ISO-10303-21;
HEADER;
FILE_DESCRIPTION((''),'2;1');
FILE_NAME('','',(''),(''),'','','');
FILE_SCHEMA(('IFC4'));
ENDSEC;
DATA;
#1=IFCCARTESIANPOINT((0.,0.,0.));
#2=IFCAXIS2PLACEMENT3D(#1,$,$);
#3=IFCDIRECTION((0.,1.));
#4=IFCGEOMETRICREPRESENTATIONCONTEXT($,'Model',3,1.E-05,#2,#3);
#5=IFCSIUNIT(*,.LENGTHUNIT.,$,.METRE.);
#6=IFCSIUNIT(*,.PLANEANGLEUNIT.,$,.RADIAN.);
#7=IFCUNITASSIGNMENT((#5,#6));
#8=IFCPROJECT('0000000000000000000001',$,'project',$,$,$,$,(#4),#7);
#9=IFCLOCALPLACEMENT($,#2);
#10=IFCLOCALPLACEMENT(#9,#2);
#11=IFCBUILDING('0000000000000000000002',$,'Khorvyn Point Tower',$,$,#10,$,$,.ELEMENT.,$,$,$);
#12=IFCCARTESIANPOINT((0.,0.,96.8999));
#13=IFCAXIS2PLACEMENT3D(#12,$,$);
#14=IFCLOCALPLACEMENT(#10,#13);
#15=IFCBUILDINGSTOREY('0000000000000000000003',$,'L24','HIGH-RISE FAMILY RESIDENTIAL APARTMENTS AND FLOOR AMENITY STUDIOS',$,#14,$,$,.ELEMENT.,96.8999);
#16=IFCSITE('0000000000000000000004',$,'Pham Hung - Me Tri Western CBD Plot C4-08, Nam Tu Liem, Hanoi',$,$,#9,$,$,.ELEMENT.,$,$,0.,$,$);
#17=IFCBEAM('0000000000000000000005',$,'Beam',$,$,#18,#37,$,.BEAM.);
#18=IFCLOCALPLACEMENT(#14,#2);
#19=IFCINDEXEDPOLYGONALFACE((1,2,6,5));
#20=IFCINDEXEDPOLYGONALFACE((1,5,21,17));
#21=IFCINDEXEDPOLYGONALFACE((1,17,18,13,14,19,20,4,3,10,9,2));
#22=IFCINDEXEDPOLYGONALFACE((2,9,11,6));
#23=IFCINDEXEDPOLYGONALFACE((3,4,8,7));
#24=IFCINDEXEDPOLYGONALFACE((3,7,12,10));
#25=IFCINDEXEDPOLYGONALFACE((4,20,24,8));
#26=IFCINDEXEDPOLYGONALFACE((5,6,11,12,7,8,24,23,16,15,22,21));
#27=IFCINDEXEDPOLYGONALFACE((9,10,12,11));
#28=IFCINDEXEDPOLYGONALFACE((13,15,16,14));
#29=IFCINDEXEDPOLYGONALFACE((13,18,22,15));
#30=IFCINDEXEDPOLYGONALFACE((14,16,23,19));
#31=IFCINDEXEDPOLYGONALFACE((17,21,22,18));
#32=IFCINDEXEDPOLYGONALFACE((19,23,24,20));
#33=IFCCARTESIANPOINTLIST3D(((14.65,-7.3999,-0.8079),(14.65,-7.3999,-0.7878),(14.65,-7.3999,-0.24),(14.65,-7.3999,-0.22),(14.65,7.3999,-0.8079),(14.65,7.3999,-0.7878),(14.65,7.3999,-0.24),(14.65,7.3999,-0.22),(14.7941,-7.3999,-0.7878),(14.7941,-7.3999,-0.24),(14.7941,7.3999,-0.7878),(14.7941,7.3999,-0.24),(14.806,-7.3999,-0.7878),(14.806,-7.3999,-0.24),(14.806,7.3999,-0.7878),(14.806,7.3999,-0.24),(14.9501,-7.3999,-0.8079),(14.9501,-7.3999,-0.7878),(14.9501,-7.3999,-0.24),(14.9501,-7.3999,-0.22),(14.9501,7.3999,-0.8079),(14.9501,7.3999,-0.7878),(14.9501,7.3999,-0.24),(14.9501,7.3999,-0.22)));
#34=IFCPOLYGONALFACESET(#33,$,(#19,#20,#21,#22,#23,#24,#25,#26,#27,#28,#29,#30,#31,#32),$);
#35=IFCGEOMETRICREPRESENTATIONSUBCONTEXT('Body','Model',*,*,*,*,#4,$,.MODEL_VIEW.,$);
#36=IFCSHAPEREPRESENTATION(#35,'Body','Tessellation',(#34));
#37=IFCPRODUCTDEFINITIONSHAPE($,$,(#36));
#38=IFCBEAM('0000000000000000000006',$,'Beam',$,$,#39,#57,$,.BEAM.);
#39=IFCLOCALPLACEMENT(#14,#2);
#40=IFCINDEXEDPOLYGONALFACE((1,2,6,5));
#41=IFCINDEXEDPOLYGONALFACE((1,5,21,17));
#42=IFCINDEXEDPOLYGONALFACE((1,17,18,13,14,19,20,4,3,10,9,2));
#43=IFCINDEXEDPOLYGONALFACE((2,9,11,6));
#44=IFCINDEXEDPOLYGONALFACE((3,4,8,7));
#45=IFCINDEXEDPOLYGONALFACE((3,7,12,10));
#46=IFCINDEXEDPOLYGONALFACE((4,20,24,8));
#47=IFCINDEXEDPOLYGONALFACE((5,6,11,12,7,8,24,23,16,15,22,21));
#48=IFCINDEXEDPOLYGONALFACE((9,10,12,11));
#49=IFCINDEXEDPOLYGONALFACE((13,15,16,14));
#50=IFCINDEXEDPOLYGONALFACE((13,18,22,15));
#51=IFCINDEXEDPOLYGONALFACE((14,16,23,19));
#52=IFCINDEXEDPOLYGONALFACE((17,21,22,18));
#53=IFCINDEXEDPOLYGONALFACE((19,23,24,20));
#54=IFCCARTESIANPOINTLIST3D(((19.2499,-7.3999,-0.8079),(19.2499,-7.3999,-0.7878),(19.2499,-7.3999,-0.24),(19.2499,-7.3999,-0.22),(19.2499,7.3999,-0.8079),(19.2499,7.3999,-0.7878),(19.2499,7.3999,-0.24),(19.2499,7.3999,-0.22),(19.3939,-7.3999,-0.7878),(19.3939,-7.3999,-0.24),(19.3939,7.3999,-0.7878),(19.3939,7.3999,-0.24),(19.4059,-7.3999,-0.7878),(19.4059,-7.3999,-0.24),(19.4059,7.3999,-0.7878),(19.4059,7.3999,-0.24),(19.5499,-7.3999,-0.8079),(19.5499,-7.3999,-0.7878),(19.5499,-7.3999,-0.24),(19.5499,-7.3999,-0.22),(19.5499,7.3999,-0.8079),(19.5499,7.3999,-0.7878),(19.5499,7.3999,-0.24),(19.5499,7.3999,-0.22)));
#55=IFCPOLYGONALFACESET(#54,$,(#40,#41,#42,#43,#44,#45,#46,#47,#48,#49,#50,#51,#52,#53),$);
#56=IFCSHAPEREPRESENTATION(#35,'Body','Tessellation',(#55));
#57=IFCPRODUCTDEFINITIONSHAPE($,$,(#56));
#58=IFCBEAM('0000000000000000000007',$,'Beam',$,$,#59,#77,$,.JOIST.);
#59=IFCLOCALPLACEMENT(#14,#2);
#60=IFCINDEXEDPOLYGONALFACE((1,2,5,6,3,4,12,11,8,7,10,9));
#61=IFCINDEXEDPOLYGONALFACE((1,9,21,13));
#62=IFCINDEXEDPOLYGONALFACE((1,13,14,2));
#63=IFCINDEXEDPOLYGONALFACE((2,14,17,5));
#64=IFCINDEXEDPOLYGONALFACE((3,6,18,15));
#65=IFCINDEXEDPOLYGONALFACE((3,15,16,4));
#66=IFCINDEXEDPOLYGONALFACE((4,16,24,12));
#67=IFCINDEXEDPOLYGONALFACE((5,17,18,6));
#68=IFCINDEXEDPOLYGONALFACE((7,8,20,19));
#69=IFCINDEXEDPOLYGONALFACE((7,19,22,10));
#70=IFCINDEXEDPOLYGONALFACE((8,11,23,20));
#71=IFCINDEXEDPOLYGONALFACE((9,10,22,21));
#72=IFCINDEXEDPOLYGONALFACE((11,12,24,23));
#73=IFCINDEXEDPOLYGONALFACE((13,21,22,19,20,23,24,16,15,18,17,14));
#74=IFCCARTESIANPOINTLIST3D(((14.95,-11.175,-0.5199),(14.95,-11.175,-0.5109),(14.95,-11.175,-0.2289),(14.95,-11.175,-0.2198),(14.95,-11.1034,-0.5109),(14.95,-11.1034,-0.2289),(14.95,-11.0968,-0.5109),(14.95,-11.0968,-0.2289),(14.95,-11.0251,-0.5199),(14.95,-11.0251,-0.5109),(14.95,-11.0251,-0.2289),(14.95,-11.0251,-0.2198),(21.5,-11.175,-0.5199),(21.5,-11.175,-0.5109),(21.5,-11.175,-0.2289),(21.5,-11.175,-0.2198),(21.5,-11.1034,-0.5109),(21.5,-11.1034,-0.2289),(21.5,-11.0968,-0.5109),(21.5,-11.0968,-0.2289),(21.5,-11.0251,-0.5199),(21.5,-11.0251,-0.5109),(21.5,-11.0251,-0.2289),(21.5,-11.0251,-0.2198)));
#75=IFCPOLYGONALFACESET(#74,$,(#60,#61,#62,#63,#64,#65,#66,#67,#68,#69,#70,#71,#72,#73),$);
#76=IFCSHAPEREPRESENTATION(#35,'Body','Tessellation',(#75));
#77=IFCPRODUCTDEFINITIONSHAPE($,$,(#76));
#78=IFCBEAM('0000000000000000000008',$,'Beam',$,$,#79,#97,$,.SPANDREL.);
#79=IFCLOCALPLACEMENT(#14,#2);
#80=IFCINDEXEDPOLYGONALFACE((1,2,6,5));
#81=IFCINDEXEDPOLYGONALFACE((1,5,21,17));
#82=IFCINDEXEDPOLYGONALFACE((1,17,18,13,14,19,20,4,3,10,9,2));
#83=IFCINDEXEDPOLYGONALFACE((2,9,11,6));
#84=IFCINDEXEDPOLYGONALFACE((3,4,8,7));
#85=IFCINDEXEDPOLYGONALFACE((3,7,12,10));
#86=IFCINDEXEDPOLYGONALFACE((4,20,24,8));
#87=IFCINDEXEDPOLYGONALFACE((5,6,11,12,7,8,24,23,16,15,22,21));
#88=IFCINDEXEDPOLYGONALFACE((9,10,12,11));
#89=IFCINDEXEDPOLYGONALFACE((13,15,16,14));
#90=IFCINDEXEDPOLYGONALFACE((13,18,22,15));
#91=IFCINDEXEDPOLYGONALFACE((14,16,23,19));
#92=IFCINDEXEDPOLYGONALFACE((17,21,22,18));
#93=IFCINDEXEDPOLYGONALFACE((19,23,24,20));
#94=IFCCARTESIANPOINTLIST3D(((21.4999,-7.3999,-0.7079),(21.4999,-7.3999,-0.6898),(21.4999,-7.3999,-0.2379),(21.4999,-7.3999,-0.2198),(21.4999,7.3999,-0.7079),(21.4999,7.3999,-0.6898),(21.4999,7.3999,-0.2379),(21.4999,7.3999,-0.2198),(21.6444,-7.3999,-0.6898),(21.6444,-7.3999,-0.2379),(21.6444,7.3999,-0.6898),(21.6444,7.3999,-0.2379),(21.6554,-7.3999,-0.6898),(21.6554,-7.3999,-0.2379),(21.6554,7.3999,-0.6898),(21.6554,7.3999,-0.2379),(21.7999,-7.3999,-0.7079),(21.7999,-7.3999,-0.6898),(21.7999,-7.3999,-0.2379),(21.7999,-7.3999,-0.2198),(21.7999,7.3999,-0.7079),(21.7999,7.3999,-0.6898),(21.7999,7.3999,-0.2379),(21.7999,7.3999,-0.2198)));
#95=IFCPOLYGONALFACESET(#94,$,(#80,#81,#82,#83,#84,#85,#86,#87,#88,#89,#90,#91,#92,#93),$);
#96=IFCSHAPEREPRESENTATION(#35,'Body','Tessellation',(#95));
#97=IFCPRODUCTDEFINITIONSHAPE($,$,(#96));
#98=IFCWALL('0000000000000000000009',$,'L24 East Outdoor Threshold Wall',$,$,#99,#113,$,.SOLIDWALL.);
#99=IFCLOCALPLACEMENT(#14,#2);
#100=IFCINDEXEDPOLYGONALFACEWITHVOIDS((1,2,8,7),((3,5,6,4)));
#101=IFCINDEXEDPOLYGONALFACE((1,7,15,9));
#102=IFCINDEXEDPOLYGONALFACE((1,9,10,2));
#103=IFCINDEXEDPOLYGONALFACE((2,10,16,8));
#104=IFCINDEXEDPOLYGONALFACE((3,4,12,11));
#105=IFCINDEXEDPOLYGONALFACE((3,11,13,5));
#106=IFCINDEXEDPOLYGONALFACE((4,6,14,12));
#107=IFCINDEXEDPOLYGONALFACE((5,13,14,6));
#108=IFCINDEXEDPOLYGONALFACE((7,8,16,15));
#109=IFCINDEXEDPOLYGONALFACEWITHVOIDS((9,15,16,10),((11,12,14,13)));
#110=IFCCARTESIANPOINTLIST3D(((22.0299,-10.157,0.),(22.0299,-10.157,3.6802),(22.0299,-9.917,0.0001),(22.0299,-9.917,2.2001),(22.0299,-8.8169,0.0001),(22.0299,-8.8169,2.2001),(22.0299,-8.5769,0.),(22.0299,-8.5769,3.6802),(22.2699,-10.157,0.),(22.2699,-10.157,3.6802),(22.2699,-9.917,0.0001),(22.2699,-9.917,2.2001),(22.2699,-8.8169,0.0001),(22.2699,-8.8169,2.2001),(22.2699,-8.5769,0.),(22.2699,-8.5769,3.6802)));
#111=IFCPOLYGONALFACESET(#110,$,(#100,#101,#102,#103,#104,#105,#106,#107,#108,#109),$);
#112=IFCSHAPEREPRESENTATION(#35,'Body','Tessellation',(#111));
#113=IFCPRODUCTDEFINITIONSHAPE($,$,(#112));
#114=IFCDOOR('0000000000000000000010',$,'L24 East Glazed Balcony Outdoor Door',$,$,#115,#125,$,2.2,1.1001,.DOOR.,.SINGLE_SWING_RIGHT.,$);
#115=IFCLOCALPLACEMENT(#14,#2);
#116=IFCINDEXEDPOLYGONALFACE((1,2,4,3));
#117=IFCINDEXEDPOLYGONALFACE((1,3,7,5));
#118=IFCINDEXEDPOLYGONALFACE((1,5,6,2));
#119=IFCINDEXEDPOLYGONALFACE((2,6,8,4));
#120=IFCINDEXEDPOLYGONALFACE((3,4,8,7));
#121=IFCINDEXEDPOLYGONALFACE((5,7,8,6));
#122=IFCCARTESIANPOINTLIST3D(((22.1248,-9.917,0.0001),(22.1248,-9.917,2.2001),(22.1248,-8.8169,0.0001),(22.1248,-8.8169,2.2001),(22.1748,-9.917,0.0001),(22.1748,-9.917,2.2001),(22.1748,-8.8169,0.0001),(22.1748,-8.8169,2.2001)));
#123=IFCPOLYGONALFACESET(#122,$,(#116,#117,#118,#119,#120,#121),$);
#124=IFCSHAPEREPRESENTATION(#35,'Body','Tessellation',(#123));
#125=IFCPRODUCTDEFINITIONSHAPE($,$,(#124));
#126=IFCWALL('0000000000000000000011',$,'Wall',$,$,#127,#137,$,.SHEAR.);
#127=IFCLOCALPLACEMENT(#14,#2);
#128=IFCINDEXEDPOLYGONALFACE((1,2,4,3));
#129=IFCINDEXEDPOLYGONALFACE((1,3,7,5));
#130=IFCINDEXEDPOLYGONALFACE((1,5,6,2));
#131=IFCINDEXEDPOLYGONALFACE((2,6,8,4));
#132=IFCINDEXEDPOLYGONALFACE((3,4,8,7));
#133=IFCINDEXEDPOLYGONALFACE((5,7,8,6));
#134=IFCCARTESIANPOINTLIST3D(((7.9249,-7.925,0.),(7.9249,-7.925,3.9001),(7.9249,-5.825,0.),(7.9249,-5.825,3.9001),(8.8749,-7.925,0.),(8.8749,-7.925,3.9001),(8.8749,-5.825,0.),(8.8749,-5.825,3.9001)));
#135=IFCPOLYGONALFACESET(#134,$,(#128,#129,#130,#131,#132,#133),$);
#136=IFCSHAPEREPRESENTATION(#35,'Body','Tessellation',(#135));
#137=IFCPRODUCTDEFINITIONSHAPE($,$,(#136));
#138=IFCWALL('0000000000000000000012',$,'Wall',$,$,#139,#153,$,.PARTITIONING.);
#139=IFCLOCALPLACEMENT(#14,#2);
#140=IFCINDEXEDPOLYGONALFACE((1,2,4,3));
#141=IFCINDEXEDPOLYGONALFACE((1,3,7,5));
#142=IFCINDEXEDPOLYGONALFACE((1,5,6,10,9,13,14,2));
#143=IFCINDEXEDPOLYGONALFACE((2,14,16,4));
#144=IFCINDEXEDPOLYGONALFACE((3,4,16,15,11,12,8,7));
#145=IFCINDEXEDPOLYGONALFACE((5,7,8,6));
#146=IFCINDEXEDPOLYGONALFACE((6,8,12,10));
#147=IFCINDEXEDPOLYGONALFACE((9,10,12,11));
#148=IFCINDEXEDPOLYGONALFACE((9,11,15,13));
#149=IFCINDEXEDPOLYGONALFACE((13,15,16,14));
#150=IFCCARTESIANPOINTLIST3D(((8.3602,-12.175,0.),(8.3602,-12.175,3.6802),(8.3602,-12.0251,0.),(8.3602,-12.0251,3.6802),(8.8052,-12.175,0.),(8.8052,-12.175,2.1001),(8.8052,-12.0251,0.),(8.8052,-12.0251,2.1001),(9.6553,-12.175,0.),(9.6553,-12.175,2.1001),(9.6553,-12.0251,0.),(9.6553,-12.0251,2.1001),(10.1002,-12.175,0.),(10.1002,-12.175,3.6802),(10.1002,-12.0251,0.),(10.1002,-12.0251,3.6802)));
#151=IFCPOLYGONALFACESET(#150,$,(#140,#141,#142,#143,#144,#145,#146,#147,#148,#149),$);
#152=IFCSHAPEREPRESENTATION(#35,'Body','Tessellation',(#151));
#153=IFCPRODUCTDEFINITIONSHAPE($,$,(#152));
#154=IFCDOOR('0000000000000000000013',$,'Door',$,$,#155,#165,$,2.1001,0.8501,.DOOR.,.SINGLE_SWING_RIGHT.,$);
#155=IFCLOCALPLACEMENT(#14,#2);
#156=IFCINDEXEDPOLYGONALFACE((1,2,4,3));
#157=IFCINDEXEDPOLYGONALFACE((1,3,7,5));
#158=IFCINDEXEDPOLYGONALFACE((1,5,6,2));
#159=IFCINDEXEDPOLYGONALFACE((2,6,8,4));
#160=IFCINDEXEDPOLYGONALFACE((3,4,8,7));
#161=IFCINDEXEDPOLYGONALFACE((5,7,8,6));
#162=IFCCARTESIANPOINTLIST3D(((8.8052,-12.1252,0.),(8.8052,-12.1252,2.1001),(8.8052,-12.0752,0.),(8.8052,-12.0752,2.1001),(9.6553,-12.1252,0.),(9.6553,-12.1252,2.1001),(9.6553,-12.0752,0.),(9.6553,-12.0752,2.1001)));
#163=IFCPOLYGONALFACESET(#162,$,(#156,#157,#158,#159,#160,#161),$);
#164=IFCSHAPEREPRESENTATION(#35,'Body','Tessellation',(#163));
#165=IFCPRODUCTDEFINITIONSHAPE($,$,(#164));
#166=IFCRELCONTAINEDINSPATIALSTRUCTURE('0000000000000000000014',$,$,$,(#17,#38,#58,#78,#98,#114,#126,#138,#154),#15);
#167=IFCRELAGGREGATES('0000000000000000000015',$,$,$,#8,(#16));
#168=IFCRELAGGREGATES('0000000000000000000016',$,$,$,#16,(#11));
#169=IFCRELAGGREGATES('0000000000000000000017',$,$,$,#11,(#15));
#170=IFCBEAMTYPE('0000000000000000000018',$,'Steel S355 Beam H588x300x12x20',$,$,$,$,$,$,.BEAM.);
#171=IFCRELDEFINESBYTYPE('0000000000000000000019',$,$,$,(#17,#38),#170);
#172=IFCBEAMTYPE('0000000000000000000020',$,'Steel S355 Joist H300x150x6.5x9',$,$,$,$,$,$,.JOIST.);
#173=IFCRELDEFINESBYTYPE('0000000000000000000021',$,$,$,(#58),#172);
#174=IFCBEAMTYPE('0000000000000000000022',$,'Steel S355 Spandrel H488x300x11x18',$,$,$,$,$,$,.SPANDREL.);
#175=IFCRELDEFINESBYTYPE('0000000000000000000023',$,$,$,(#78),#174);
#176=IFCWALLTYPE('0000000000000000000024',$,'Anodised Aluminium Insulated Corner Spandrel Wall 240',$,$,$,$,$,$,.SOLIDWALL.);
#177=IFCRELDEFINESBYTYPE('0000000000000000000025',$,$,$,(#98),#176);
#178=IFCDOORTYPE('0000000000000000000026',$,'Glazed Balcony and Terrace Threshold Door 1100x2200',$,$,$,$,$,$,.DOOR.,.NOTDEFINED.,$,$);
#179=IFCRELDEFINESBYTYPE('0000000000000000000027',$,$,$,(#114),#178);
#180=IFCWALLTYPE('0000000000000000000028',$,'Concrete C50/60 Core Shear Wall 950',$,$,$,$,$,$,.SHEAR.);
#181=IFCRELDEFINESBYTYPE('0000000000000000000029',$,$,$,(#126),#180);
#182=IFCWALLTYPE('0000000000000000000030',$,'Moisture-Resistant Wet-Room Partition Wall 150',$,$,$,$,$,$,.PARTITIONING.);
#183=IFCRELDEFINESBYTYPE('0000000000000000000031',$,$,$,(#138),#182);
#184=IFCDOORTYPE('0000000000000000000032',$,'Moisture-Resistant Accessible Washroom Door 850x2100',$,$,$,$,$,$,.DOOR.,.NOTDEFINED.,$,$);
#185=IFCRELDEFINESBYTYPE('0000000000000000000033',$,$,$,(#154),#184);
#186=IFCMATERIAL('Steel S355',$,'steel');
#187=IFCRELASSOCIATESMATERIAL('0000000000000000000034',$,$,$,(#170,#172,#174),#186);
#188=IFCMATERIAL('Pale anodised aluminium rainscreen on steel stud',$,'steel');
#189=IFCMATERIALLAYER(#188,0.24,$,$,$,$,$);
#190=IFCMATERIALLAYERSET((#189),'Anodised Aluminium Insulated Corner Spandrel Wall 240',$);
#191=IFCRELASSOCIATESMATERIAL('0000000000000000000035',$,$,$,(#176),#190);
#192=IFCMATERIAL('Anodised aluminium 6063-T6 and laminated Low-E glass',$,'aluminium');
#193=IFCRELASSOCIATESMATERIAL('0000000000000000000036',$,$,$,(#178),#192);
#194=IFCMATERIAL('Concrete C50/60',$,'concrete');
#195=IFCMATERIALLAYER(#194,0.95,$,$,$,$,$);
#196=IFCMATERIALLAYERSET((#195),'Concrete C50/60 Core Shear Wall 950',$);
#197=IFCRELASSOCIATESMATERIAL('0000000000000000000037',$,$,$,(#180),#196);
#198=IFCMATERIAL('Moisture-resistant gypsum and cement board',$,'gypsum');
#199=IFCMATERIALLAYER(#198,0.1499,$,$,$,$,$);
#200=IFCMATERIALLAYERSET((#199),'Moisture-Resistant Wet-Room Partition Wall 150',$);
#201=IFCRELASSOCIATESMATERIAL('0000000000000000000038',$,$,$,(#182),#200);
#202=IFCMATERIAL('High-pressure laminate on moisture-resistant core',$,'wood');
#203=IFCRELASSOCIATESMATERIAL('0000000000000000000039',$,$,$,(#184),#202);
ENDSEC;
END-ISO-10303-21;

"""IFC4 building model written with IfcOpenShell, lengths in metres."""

from ifc_helpers import new_model, si_unit, direction, frame, frame_2d, origin, origin_2d, place, context, subcontext, project, spatial, rectangle, i_section, extrude, material, layer, layer_set, material_profile, profile_set, type_object, element, fill, save


model = new_model("IFC4")

# Units and contexts
model_context = context("Model", 3, precision=1e-05, world=origin(), true_north=direction((0.0, 1.0)))
body_context = subcontext(model_context, "Body", "Model", "MODEL_VIEW")
ifc_project = project(units=[si_unit("LENGTHUNIT", "METRE"), si_unit("PLANEANGLEUNIT", "RADIAN")], contexts=[model_context])

# Site, building, storey
site_placement = place(None, origin())
site = spatial("IfcSite", under=ifc_project, at=site_placement, Name="Pham Hung - Me Tri Western CBD Plot C4-08, Nam Tu Liem, Hanoi", CompositionType="ELEMENT", RefElevation=0.0)
building_placement = place(site_placement, origin())
building = spatial("IfcBuilding", under=site, at=building_placement, Name="Khorvyn Point Tower", CompositionType="ELEMENT")
storey_placement = place(building_placement, frame((0.0, 0.0, 96.8999)))
storey = spatial("IfcBuildingStorey", under=building, at=storey_placement, Name="L24", Description="HIGH-RISE FAMILY RESIDENTIAL APARTMENTS AND FLOOR AMENITY STUDIOS", CompositionType="ELEMENT", Elevation=96.8999)

# Shared definitions
ifc_material_1 = material(Name="Concrete C50/60", Category="concrete")

# Shared definitions
ifc_material_2 = material(Name="Anodised aluminium 6063-T6 and laminated Low-E glass", Category="aluminium")

# Beams
ifc_material_3 = material(Name="Steel S355", Category="steel")
ifc_material_profile_1 = material_profile(ifc_material_3, i_section(OverallWidth=0.3, OverallDepth=0.5879, WebThickness=0.012, FlangeThickness=0.02, at=origin_2d()))
ifc_profile_set_1 = profile_set([ifc_material_profile_1], Name="Steel S355 H588x300x12x20")
beam_type_1 = type_object("IfcBeamType", Name="Steel S355 Beam H588x300x12x20", PredefinedType="BEAM", material=ifc_profile_set_1)
for number, where, z_axis, x_axis, name in (
    (1, (14.8, -7.3999, -0.5139), (0.0, 1.0, 0.0), (-1.0, 0.0, 0.0), "Beam"),
    (2, (19.3999, -7.3999, -0.5139), (0.0, 1.0, 0.0), (-1.0, 0.0, 0.0), "Beam"),
):
    element("IfcBeam", number, at=place(storey_placement, frame(where, z_axis=z_axis, x_axis=x_axis)), inside=storey, type_object=beam_type_1, Name=name, PredefinedType="BEAM", context=body_context, shape_type="SweptSolid", body=[
        extrude(i_section(OverallWidth=0.3, OverallDepth=0.5879, WebThickness=0.012, FlangeThickness=0.02, at=origin_2d()), origin(), (0.0, 0.0, 1.0), 14.7998),
    ])
ifc_material_profile_2 = material_profile(ifc_material_3, i_section(OverallWidth=0.1499, OverallDepth=0.3, WebThickness=0.0066, FlangeThickness=0.009, at=origin_2d()))
ifc_profile_set_2 = profile_set([ifc_material_profile_2], Name="Steel S355 H300x150x6.5x9")
beam_type_2 = type_object("IfcBeamType", Name="Steel S355 Joist H300x150x6.5x9", PredefinedType="JOIST", material=ifc_profile_set_2)
beam_1_placement = place(storey_placement, frame((14.95, -11.1001, -0.3699), z_axis=(1.0, 0.0, 0.0), x_axis=(0.0, 1.0, 0.0)))
element("IfcBeam", 3, at=beam_1_placement, inside=storey, type_object=beam_type_2, Name="Beam", PredefinedType="JOIST", context=body_context, shape_type="SweptSolid", body=[
    extrude(i_section(OverallWidth=0.1499, OverallDepth=0.3, WebThickness=0.0066, FlangeThickness=0.009, at=origin_2d()), origin(), (0.0, 0.0, 1.0), 6.55),
])
ifc_material_profile_3 = material_profile(ifc_material_3, i_section(OverallWidth=0.3, OverallDepth=0.488, WebThickness=0.011, FlangeThickness=0.0181, at=origin_2d()))
ifc_profile_set_3 = profile_set([ifc_material_profile_3], Name="Steel S355 H488x300x11x18")
beam_type_3 = type_object("IfcBeamType", Name="Steel S355 Spandrel H488x300x11x18", PredefinedType="SPANDREL", material=ifc_profile_set_3)
beam_2_placement = place(storey_placement, frame((21.6499, -7.3999, -0.4639), z_axis=(0.0, 1.0, 0.0), x_axis=(-1.0, 0.0, 0.0)))
element("IfcBeam", 4, at=beam_2_placement, inside=storey, type_object=beam_type_3, Name="Beam", PredefinedType="SPANDREL", context=body_context, shape_type="SweptSolid", body=[
    extrude(i_section(OverallWidth=0.3, OverallDepth=0.488, WebThickness=0.011, FlangeThickness=0.0181, at=origin_2d()), origin(), (0.0, 0.0, 1.0), 14.7998),
])

# Wall, opening, door
ifc_material_4 = material(Name="Pale anodised aluminium rainscreen on steel stud", Category="steel")
ifc_layer_1 = layer(ifc_material_4, 0.24)
ifc_layer_set_1 = layer_set([ifc_layer_1], Name="Anodised Aluminium Insulated Corner Spandrel Wall 240")
wall_type_1 = type_object("IfcWallType", Name="Anodised Aluminium Insulated Corner Spandrel Wall 240", PredefinedType="SOLIDWALL", material=ifc_layer_set_1)
wall_1_placement = place(storey_placement, frame((22.1499, -8.5769, 0.0), z_axis=(0.0, 0.0, 1.0), x_axis=(0.0, -1.0, 0.0)))
wall_1 = element("IfcWall", 5, at=wall_1_placement, inside=storey, type_object=wall_type_1, Name="L24 East Outdoor Threshold Wall", PredefinedType="SOLIDWALL", context=body_context, shape_type="SweptSolid", body=[
    extrude(rectangle(XDim=1.5801, YDim=0.24, at=frame_2d((0.79, 0.0))), origin(), (0.0, 0.0, 1.0), 3.6802),
])
opening_1_placement = place(wall_1_placement, frame((0.24, 0.0, 0.0)))
opening_1 = element("IfcOpeningElement", 6, at=opening_1_placement, cuts=wall_1, PredefinedType="OPENING", context=body_context, shape_type="SweptSolid", body=[
    extrude(rectangle(XDim=1.1001, YDim=2.2, at=frame_2d((0.55, 1.1001))), frame((0.0, 0.1299, 0.0), z_axis=(0.0, -1.0, 0.0), x_axis=(1.0, 0.0, 0.0)), (0.0, 0.0, 1.0), 0.26),
])
door_type_1 = type_object("IfcDoorType", Name="Glazed Balcony and Terrace Threshold Door 1100x2200", OperationType="NOTDEFINED", PredefinedType="DOOR", material=ifc_material_2)
door_1_placement = place(opening_1_placement, origin())
door_1 = element("IfcDoor", 7, at=door_1_placement, inside=storey, type_object=door_type_1, Name="L24 East Glazed Balcony Outdoor Door", OperationType="SINGLE_SWING_RIGHT", OverallHeight=2.2, OverallWidth=1.1001, PredefinedType="DOOR", context=body_context, shape_type="SweptSolid", body=[
    extrude(rectangle(XDim=1.1001, YDim=2.2, at=frame_2d((0.55, 1.1001))), frame((0.0, 0.0249, 0.0), z_axis=(0.0, -1.0, 0.0), x_axis=(1.0, 0.0, 0.0)), (0.0, 0.0, 1.0), 0.05),
])
fill(opening_1, door_1)

# Wall
ifc_layer_2 = layer(ifc_material_1, 0.95)
ifc_layer_set_2 = layer_set([ifc_layer_2], Name="Concrete C50/60 Core Shear Wall 950")
wall_type_2 = type_object("IfcWallType", Name="Concrete C50/60 Core Shear Wall 950", PredefinedType="SHEAR", material=ifc_layer_set_2)
wall_2_placement = place(storey_placement, frame((8.3999, -7.925, 0.0), z_axis=(0.0, 0.0, 1.0), x_axis=(0.0, 1.0, 0.0)))
element("IfcWall", 8, at=wall_2_placement, inside=storey, type_object=wall_type_2, Name="Wall", PredefinedType="SHEAR", context=body_context, shape_type="SweptSolid", body=[
    extrude(rectangle(XDim=2.1001, YDim=0.95, at=frame_2d((1.05, 0.0))), origin(), (0.0, 0.0, 1.0), 3.9001),
])

# Wall, opening, door
ifc_material_5 = material(Name="Moisture-resistant gypsum and cement board", Category="gypsum")
ifc_layer_3 = layer(ifc_material_5, 0.1499)
ifc_layer_set_3 = layer_set([ifc_layer_3], Name="Moisture-Resistant Wet-Room Partition Wall 150")
wall_type_3 = type_object("IfcWallType", Name="Moisture-Resistant Wet-Room Partition Wall 150", PredefinedType="PARTITIONING", material=ifc_layer_set_3)
wall_3_placement = place(storey_placement, frame((8.3601, -12.1001, 0.0), z_axis=(0.0, 0.0, 1.0), x_axis=(1.0, 0.0, 0.0)))
wall_3 = element("IfcWall", 9, at=wall_3_placement, inside=storey, type_object=wall_type_3, Name="Wall", PredefinedType="PARTITIONING", context=body_context, shape_type="SweptSolid", body=[
    extrude(rectangle(XDim=1.74, YDim=0.1499, at=frame_2d((0.8701, 0.0))), origin(), (0.0, 0.0, 1.0), 3.6802),
])
opening_2_placement = place(wall_3_placement, frame((0.4451, 0.0, 0.0)))
opening_2 = element("IfcOpeningElement", 10, at=opening_2_placement, cuts=wall_3, PredefinedType="OPENING", context=body_context, shape_type="SweptSolid", body=[
    extrude(rectangle(XDim=0.8501, YDim=2.1001, at=frame_2d((0.425, 1.05))), frame((0.0, 0.085, 0.0), z_axis=(0.0, -1.0, 0.0), x_axis=(1.0, 0.0, 0.0)), (0.0, 0.0, 1.0), 0.1699),
])
ifc_material_6 = material(Name="High-pressure laminate on moisture-resistant core", Category="wood")
door_type_2 = type_object("IfcDoorType", Name="Moisture-Resistant Accessible Washroom Door 850x2100", OperationType="NOTDEFINED", PredefinedType="DOOR", material=ifc_material_6)
door_2_placement = place(opening_2_placement, origin())
door_2 = element("IfcDoor", 11, at=door_2_placement, inside=storey, type_object=door_type_2, Name="Door", OperationType="SINGLE_SWING_RIGHT", OverallHeight=2.1001, OverallWidth=0.8501, PredefinedType="DOOR", context=body_context, shape_type="SweptSolid", body=[
    extrude(rectangle(XDim=0.8501, YDim=2.1001, at=frame_2d((0.425, 1.05))), frame((0.0, 0.0249, 0.0), z_axis=(0.0, -1.0, 0.0), x_axis=(1.0, 0.0, 0.0)), (0.0, 0.0, 1.0), 0.05),
])
fill(opening_2, door_2)

save(model, "model.ifc")
